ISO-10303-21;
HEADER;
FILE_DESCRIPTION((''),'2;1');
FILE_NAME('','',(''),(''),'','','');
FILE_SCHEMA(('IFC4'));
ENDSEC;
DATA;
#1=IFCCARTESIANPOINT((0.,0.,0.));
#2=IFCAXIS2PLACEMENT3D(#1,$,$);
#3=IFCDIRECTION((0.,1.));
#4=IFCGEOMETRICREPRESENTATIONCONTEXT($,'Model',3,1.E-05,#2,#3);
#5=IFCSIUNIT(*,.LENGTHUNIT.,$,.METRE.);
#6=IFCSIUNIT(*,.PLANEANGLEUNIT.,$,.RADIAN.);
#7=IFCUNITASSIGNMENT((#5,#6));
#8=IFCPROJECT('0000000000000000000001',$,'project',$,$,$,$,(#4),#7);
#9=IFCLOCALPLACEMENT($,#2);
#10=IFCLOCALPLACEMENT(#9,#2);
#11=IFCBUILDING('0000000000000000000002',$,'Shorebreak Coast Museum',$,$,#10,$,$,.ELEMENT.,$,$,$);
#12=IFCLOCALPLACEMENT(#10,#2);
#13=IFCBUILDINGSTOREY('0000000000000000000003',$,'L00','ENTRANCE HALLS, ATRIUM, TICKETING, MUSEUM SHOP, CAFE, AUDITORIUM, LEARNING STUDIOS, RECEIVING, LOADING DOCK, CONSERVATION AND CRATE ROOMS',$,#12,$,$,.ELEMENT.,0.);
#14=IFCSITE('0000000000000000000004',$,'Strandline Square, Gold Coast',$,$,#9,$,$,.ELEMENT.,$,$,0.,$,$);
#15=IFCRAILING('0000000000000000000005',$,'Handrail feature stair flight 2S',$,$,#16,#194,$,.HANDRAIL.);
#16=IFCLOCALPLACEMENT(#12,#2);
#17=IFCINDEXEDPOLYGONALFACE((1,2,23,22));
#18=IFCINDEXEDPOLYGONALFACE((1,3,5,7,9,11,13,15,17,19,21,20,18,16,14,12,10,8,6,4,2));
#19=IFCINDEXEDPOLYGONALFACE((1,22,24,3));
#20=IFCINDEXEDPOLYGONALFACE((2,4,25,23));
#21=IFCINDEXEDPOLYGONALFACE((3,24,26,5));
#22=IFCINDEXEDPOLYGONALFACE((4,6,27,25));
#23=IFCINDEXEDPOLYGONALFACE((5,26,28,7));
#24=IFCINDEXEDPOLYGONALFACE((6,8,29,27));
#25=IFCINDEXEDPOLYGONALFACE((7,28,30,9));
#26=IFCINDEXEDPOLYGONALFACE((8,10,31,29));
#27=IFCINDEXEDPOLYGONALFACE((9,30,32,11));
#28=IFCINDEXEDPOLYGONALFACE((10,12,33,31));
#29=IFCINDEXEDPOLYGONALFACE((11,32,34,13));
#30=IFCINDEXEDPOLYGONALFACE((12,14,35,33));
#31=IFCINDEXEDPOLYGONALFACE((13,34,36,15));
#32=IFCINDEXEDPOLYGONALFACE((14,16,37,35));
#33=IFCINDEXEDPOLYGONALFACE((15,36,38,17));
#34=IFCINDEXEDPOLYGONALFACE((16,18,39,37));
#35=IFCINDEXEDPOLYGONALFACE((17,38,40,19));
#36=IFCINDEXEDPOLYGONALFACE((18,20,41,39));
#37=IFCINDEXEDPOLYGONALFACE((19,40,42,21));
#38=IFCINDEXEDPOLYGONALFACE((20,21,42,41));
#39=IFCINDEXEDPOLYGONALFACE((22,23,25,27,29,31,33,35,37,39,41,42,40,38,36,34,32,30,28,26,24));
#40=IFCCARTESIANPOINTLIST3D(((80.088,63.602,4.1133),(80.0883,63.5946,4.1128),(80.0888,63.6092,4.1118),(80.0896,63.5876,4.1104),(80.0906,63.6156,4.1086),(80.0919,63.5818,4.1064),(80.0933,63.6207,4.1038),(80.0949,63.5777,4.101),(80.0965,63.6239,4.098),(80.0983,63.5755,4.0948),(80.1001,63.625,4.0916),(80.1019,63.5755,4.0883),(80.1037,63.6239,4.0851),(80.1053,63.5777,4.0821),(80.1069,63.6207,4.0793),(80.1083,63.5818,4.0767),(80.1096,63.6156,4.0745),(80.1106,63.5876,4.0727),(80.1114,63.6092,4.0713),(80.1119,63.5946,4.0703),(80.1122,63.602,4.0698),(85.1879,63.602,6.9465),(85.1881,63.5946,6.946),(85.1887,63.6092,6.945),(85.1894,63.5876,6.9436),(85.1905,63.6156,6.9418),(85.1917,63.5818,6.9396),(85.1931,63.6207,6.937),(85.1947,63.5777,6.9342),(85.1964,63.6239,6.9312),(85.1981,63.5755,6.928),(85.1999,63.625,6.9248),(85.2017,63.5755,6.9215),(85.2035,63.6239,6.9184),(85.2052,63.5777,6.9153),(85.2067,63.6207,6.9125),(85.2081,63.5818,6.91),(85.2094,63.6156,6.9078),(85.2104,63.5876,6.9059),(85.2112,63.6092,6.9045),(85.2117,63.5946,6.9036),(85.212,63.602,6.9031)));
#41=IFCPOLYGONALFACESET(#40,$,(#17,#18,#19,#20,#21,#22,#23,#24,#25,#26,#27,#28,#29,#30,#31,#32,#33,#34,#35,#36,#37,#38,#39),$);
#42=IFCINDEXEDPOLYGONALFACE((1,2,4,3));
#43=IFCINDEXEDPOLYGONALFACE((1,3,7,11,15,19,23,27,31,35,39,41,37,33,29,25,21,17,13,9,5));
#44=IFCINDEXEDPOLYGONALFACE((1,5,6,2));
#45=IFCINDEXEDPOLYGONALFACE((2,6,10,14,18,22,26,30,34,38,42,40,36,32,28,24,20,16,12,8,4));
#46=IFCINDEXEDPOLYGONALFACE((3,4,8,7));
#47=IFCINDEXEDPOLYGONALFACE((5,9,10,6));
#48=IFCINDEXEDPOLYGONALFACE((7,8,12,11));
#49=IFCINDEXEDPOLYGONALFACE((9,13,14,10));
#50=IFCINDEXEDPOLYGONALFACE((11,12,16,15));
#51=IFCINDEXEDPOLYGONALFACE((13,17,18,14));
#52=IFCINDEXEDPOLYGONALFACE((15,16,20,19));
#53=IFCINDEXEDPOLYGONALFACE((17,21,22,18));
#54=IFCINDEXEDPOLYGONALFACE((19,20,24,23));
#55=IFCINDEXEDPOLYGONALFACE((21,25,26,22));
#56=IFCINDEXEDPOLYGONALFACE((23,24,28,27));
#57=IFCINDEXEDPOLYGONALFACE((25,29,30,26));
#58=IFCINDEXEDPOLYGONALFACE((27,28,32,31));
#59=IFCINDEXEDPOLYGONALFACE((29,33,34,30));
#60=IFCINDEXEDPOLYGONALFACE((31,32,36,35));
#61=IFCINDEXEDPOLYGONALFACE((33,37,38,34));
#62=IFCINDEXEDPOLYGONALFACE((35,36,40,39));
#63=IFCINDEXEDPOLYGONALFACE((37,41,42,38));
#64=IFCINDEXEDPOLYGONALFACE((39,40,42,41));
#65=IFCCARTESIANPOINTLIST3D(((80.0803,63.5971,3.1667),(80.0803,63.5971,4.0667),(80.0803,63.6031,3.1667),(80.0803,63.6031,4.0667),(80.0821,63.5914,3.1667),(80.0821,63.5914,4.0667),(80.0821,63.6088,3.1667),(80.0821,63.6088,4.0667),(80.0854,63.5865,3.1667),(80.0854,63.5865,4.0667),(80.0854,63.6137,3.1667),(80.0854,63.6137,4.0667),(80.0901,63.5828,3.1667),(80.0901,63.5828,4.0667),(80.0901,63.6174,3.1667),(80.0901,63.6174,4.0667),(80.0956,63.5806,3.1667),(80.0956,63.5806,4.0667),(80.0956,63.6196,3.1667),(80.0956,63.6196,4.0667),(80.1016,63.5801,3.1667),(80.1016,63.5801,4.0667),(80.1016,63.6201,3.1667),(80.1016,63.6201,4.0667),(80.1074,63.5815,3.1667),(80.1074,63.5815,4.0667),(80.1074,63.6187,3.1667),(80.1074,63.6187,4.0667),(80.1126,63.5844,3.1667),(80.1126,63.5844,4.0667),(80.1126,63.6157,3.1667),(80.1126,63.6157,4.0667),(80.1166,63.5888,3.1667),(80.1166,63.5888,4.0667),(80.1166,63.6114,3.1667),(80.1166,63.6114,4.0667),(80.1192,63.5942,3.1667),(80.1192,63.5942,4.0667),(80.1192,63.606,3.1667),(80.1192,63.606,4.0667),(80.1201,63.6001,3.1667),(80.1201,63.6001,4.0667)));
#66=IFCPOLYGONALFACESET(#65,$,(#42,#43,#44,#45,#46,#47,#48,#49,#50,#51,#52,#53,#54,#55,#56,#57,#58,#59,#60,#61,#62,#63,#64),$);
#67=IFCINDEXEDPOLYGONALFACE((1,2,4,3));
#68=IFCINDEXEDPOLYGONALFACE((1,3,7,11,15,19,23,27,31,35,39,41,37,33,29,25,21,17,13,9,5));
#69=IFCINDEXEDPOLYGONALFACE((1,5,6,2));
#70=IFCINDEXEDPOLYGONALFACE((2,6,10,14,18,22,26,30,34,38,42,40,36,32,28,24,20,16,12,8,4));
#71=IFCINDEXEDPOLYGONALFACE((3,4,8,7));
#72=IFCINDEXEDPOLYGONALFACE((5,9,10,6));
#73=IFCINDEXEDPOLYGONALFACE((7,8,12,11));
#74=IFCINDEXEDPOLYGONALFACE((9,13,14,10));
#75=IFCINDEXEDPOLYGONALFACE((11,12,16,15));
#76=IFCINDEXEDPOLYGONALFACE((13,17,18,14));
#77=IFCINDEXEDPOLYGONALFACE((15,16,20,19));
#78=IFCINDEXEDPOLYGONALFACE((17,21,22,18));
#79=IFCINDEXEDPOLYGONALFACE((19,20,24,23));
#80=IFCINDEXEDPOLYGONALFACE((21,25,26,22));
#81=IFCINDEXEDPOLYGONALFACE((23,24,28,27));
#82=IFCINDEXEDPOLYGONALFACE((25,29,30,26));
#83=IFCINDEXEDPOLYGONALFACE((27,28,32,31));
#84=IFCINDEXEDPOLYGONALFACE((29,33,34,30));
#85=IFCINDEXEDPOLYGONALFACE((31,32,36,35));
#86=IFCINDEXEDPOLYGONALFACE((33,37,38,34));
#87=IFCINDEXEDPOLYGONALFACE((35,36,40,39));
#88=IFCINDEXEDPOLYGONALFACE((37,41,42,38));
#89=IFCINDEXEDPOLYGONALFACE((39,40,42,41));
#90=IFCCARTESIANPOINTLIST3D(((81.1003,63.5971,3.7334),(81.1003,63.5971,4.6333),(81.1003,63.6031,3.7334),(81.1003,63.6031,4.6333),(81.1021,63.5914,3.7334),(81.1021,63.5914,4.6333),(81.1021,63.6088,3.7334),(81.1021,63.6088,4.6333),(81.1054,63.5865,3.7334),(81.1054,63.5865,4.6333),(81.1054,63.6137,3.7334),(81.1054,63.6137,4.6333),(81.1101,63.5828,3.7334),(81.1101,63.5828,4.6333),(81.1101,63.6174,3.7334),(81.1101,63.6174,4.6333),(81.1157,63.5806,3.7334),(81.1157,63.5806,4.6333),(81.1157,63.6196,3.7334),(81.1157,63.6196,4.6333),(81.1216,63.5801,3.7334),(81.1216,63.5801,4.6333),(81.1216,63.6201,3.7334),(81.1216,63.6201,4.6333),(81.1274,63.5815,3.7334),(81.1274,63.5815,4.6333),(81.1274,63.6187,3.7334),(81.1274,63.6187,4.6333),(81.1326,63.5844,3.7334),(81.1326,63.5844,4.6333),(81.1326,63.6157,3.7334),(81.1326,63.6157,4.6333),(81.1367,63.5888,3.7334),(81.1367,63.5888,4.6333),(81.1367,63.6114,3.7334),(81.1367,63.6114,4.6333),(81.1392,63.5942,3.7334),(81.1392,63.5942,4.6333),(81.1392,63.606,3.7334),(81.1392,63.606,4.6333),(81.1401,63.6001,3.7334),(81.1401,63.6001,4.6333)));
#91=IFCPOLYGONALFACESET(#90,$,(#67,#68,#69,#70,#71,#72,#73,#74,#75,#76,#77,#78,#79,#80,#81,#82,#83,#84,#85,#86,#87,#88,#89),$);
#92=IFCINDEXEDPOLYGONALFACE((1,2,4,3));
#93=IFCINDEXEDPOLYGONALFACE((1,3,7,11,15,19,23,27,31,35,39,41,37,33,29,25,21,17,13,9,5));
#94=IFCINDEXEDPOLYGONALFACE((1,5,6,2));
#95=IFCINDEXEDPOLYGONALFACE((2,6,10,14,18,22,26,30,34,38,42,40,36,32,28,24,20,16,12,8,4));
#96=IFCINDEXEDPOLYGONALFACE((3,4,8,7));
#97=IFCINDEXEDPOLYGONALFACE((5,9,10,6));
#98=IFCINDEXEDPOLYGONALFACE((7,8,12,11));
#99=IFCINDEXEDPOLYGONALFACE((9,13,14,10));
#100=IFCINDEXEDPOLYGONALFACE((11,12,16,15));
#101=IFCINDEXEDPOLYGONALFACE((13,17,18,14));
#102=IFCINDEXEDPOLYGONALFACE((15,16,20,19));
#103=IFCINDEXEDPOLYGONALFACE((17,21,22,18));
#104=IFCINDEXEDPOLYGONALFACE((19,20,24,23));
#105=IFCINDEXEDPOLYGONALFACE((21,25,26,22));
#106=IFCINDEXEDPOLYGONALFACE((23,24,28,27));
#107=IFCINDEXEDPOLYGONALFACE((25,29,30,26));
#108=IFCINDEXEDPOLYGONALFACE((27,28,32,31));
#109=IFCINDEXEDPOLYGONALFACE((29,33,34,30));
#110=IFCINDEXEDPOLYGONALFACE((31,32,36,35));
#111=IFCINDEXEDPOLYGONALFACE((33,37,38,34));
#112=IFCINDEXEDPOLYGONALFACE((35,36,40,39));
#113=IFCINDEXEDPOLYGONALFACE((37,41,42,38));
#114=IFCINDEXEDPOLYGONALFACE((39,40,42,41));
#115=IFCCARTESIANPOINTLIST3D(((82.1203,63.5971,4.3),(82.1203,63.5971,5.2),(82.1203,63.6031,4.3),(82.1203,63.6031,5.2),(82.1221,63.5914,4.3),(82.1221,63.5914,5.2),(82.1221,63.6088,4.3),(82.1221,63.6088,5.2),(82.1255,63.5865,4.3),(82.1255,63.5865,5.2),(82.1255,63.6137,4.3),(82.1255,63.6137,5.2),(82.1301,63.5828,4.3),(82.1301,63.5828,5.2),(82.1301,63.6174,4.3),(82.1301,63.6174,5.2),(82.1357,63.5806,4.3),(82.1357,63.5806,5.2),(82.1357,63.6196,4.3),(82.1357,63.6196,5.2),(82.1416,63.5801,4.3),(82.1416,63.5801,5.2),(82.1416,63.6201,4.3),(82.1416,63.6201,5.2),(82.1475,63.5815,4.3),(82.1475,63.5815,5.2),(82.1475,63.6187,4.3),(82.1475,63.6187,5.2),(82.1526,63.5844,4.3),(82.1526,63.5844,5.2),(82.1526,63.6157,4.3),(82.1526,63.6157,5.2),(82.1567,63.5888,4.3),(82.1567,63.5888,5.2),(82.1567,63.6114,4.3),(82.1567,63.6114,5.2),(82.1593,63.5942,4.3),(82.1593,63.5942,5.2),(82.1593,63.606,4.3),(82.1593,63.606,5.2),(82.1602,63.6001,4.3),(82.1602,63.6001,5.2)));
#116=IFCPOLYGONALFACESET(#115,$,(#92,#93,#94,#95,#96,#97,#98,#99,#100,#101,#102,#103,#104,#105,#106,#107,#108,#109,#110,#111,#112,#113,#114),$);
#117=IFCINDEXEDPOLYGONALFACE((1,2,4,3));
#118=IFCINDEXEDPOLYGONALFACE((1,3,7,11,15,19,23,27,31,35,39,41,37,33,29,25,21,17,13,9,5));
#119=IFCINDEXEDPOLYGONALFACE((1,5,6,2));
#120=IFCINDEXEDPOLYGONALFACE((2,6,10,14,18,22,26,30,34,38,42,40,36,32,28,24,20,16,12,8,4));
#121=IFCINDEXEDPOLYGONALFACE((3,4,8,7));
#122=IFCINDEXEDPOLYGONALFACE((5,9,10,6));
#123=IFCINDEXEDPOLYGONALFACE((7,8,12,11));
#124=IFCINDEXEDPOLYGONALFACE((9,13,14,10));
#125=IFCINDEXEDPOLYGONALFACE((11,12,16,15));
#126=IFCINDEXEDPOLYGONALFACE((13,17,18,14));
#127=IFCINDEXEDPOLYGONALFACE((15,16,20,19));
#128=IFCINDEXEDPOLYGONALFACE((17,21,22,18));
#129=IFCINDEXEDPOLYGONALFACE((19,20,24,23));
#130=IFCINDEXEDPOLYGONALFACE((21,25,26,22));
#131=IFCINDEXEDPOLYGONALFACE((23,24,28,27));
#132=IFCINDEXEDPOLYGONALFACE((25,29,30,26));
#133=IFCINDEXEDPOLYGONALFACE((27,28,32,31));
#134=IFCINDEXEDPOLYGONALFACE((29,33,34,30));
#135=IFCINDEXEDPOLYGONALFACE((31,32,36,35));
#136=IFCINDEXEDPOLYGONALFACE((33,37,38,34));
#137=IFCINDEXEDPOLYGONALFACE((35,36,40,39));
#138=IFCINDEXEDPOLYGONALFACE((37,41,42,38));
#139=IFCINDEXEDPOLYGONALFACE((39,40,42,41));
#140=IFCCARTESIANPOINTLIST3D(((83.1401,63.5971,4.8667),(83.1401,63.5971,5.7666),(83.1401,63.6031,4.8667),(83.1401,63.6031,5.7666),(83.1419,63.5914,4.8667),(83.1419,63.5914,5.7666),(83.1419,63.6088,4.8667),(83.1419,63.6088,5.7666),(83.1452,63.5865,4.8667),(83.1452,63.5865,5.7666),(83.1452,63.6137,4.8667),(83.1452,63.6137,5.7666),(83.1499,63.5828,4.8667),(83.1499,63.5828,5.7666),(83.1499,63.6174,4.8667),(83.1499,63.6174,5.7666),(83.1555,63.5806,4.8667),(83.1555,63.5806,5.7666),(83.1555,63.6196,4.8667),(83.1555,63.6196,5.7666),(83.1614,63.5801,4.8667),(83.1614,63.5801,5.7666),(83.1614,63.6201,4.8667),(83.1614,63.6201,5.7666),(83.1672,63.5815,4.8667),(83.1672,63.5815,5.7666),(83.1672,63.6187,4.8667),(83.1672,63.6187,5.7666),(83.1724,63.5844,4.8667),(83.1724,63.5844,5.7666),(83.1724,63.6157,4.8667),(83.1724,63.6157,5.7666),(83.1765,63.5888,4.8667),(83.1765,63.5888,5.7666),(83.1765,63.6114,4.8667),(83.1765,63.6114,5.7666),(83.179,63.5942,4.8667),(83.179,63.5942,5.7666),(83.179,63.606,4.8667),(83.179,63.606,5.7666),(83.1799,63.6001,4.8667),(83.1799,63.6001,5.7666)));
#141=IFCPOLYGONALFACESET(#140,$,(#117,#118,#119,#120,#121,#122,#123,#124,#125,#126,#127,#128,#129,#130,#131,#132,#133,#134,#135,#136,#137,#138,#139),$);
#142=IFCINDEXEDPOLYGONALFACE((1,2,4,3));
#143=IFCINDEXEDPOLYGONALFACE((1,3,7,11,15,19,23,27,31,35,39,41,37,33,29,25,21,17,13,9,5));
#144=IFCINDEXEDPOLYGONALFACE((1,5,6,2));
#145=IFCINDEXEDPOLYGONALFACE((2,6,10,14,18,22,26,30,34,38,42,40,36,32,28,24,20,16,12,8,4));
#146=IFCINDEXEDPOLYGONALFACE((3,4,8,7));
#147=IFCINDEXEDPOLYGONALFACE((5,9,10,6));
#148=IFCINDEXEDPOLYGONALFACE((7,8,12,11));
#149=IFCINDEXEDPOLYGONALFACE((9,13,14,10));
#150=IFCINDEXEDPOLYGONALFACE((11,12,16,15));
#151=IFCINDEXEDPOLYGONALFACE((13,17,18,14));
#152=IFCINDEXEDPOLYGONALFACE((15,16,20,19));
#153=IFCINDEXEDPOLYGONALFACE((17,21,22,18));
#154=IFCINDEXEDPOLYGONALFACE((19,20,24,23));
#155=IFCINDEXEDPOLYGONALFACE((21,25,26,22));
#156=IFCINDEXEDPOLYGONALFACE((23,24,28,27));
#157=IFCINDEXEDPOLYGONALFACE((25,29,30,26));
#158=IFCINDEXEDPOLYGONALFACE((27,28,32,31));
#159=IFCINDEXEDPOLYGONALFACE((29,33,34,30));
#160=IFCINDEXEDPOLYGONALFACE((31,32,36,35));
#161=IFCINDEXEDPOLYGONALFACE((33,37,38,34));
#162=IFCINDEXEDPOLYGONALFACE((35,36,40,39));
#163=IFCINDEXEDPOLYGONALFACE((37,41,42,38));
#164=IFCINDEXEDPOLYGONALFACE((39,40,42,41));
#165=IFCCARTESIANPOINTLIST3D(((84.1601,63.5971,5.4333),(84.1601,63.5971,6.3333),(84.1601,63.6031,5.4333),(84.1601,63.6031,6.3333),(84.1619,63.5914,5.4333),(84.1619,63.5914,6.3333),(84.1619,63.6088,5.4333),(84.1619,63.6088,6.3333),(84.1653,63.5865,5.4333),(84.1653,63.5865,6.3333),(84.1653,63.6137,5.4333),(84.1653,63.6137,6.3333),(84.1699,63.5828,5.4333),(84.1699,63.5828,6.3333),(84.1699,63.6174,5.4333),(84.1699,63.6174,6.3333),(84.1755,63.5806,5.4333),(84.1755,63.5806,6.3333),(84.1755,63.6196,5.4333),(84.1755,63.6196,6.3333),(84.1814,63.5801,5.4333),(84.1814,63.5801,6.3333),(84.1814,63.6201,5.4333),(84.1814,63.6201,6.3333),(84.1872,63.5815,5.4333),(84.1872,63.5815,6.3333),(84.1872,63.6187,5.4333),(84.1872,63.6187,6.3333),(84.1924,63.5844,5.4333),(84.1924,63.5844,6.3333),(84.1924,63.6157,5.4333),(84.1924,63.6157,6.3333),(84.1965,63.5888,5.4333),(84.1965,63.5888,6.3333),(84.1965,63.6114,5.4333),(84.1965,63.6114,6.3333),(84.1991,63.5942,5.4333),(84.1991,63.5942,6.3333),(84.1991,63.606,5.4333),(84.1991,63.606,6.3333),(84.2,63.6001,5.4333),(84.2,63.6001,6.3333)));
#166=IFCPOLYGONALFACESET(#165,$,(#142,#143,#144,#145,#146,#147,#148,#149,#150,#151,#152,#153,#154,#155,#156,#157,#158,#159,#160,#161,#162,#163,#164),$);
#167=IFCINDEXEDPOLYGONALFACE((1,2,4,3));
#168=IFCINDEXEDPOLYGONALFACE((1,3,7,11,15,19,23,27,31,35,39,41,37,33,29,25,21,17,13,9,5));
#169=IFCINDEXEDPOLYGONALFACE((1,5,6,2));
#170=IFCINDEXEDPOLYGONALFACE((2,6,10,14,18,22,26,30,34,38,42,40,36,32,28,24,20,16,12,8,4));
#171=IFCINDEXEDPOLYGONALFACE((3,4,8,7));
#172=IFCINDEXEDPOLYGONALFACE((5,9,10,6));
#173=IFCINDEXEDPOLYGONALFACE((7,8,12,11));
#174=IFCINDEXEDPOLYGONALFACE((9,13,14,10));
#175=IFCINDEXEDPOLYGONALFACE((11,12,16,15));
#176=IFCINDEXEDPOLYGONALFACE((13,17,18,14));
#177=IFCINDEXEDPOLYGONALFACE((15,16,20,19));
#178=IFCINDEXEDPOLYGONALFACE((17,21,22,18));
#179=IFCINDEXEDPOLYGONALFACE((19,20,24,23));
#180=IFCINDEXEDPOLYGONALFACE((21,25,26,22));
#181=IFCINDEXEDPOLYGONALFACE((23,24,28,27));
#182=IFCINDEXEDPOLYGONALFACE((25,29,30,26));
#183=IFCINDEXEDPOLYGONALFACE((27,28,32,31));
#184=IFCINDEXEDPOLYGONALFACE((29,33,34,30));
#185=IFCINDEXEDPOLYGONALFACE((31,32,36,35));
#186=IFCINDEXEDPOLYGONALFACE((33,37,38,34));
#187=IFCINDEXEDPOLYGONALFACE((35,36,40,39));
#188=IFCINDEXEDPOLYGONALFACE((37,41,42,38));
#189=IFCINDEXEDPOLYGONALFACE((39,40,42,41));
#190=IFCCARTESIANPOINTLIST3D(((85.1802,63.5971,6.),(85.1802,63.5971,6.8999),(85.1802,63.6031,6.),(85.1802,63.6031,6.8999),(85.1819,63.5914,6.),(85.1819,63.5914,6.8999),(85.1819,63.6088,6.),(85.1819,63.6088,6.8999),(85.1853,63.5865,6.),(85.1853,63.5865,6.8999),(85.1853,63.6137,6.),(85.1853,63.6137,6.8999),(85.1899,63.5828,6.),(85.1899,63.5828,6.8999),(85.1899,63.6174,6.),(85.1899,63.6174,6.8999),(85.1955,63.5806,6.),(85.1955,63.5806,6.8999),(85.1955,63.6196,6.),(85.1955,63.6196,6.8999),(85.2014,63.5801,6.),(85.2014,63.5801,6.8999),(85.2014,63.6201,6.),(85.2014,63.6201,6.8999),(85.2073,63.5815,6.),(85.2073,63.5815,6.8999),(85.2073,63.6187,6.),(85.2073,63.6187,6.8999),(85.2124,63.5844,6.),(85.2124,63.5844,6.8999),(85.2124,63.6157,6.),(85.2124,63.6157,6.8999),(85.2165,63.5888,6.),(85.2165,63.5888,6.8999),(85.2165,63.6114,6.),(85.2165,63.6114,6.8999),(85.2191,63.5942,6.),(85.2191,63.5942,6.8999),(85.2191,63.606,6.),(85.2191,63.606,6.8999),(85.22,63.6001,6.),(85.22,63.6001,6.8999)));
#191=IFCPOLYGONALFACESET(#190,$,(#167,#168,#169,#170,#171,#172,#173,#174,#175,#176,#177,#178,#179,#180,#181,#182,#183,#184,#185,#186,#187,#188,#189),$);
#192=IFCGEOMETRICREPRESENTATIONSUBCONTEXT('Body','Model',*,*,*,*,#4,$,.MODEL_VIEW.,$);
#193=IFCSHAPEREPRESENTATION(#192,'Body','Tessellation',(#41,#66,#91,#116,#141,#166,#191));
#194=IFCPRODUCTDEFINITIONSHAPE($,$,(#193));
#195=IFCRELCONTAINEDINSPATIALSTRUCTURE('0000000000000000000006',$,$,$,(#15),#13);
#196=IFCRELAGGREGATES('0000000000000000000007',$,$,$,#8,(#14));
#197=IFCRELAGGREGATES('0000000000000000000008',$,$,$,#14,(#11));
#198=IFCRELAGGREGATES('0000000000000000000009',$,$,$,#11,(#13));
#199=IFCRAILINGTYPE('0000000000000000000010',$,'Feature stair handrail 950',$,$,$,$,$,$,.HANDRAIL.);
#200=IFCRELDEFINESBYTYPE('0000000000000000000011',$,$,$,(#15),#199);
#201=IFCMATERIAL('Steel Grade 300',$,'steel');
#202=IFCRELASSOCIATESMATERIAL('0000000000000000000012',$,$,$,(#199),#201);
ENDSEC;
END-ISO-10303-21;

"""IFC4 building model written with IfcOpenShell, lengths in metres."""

from ifc_helpers import new_model, si_unit, direction, frame, origin, origin_2d, place, context, subcontext, project, spatial, circle, extrude, material, type_object, element, save


model = new_model("IFC4")

# Units and contexts
model_context = context("Model", 3, precision=1e-05, world=origin(), true_north=direction((0.0, 1.0)))
body_context = subcontext(model_context, "Body", "Model", "MODEL_VIEW")
ifc_project = project(units=[si_unit("LENGTHUNIT", "METRE"), si_unit("PLANEANGLEUNIT", "RADIAN")], contexts=[model_context])

# Site, building, storey
site_placement = place(None, origin())
site = spatial("IfcSite", under=ifc_project, at=site_placement, Name="Strandline Square, Gold Coast", CompositionType="ELEMENT", RefElevation=0.0)
building_placement = place(site_placement, origin())
building = spatial("IfcBuilding", under=site, at=building_placement, Name="Shorebreak Coast Museum", CompositionType="ELEMENT")
storey_placement = place(building_placement, origin())
storey = spatial("IfcBuildingStorey", under=building, at=storey_placement, Name="L00", Description="ENTRANCE HALLS, ATRIUM, TICKETING, MUSEUM SHOP, CAFE, AUDITORIUM, LEARNING STUDIOS, RECEIVING, LOADING DOCK, CONSERVATION AND CRATE ROOMS", CompositionType="ELEMENT", Elevation=0.0)

# Railing
ifc_material_1 = material(Name="Steel Grade 300", Category="steel")
railing_type = type_object("IfcRailingType", Name="Feature stair handrail 950", PredefinedType="HANDRAIL", material=ifc_material_1)
for number, where, name in (
    (1, (80.1001, 63.6001, 3.1667), "Handrail feature stair flight 2S"),
):
    element("IfcRailing", number, at=place(storey_placement, frame(where)), inside=storey, type_object=railing_type, Name=name, PredefinedType="HANDRAIL", context=body_context, shape_type="SweptSolid", body=[
        extrude(circle(Radius=0.0249, at=origin_2d()), frame((0.0, 0.0, 0.9248), z_axis=(0.874157, 0.0, 0.485643), x_axis=(0.0, 1.0, 0.0)), (0.0, 0.0, 1.0), 5.834),
        extrude(circle(Radius=0.02, at=origin_2d()), origin(), (0.0, 0.0, 1.0), 0.8999),
        extrude(circle(Radius=0.02, at=origin_2d()), frame((1.02, 0.0, 0.5667)), (0.0, 0.0, 1.0), 0.8999),
        extrude(circle(Radius=0.02, at=origin_2d()), frame((2.04, 0.0, 1.1333)), (0.0, 0.0, 1.0), 0.8999),
        extrude(circle(Radius=0.02, at=origin_2d()), frame((3.0598, 0.0, 1.7)), (0.0, 0.0, 1.0), 0.8999),
        extrude(circle(Radius=0.02, at=origin_2d()), frame((4.0798, 0.0, 2.2666)), (0.0, 0.0, 1.0), 0.8999),
        extrude(circle(Radius=0.02, at=origin_2d()), frame((5.0999, 0.0, 2.8333)), (0.0, 0.0, 1.0), 0.8999),
    ])

save(model, "model.ifc")
